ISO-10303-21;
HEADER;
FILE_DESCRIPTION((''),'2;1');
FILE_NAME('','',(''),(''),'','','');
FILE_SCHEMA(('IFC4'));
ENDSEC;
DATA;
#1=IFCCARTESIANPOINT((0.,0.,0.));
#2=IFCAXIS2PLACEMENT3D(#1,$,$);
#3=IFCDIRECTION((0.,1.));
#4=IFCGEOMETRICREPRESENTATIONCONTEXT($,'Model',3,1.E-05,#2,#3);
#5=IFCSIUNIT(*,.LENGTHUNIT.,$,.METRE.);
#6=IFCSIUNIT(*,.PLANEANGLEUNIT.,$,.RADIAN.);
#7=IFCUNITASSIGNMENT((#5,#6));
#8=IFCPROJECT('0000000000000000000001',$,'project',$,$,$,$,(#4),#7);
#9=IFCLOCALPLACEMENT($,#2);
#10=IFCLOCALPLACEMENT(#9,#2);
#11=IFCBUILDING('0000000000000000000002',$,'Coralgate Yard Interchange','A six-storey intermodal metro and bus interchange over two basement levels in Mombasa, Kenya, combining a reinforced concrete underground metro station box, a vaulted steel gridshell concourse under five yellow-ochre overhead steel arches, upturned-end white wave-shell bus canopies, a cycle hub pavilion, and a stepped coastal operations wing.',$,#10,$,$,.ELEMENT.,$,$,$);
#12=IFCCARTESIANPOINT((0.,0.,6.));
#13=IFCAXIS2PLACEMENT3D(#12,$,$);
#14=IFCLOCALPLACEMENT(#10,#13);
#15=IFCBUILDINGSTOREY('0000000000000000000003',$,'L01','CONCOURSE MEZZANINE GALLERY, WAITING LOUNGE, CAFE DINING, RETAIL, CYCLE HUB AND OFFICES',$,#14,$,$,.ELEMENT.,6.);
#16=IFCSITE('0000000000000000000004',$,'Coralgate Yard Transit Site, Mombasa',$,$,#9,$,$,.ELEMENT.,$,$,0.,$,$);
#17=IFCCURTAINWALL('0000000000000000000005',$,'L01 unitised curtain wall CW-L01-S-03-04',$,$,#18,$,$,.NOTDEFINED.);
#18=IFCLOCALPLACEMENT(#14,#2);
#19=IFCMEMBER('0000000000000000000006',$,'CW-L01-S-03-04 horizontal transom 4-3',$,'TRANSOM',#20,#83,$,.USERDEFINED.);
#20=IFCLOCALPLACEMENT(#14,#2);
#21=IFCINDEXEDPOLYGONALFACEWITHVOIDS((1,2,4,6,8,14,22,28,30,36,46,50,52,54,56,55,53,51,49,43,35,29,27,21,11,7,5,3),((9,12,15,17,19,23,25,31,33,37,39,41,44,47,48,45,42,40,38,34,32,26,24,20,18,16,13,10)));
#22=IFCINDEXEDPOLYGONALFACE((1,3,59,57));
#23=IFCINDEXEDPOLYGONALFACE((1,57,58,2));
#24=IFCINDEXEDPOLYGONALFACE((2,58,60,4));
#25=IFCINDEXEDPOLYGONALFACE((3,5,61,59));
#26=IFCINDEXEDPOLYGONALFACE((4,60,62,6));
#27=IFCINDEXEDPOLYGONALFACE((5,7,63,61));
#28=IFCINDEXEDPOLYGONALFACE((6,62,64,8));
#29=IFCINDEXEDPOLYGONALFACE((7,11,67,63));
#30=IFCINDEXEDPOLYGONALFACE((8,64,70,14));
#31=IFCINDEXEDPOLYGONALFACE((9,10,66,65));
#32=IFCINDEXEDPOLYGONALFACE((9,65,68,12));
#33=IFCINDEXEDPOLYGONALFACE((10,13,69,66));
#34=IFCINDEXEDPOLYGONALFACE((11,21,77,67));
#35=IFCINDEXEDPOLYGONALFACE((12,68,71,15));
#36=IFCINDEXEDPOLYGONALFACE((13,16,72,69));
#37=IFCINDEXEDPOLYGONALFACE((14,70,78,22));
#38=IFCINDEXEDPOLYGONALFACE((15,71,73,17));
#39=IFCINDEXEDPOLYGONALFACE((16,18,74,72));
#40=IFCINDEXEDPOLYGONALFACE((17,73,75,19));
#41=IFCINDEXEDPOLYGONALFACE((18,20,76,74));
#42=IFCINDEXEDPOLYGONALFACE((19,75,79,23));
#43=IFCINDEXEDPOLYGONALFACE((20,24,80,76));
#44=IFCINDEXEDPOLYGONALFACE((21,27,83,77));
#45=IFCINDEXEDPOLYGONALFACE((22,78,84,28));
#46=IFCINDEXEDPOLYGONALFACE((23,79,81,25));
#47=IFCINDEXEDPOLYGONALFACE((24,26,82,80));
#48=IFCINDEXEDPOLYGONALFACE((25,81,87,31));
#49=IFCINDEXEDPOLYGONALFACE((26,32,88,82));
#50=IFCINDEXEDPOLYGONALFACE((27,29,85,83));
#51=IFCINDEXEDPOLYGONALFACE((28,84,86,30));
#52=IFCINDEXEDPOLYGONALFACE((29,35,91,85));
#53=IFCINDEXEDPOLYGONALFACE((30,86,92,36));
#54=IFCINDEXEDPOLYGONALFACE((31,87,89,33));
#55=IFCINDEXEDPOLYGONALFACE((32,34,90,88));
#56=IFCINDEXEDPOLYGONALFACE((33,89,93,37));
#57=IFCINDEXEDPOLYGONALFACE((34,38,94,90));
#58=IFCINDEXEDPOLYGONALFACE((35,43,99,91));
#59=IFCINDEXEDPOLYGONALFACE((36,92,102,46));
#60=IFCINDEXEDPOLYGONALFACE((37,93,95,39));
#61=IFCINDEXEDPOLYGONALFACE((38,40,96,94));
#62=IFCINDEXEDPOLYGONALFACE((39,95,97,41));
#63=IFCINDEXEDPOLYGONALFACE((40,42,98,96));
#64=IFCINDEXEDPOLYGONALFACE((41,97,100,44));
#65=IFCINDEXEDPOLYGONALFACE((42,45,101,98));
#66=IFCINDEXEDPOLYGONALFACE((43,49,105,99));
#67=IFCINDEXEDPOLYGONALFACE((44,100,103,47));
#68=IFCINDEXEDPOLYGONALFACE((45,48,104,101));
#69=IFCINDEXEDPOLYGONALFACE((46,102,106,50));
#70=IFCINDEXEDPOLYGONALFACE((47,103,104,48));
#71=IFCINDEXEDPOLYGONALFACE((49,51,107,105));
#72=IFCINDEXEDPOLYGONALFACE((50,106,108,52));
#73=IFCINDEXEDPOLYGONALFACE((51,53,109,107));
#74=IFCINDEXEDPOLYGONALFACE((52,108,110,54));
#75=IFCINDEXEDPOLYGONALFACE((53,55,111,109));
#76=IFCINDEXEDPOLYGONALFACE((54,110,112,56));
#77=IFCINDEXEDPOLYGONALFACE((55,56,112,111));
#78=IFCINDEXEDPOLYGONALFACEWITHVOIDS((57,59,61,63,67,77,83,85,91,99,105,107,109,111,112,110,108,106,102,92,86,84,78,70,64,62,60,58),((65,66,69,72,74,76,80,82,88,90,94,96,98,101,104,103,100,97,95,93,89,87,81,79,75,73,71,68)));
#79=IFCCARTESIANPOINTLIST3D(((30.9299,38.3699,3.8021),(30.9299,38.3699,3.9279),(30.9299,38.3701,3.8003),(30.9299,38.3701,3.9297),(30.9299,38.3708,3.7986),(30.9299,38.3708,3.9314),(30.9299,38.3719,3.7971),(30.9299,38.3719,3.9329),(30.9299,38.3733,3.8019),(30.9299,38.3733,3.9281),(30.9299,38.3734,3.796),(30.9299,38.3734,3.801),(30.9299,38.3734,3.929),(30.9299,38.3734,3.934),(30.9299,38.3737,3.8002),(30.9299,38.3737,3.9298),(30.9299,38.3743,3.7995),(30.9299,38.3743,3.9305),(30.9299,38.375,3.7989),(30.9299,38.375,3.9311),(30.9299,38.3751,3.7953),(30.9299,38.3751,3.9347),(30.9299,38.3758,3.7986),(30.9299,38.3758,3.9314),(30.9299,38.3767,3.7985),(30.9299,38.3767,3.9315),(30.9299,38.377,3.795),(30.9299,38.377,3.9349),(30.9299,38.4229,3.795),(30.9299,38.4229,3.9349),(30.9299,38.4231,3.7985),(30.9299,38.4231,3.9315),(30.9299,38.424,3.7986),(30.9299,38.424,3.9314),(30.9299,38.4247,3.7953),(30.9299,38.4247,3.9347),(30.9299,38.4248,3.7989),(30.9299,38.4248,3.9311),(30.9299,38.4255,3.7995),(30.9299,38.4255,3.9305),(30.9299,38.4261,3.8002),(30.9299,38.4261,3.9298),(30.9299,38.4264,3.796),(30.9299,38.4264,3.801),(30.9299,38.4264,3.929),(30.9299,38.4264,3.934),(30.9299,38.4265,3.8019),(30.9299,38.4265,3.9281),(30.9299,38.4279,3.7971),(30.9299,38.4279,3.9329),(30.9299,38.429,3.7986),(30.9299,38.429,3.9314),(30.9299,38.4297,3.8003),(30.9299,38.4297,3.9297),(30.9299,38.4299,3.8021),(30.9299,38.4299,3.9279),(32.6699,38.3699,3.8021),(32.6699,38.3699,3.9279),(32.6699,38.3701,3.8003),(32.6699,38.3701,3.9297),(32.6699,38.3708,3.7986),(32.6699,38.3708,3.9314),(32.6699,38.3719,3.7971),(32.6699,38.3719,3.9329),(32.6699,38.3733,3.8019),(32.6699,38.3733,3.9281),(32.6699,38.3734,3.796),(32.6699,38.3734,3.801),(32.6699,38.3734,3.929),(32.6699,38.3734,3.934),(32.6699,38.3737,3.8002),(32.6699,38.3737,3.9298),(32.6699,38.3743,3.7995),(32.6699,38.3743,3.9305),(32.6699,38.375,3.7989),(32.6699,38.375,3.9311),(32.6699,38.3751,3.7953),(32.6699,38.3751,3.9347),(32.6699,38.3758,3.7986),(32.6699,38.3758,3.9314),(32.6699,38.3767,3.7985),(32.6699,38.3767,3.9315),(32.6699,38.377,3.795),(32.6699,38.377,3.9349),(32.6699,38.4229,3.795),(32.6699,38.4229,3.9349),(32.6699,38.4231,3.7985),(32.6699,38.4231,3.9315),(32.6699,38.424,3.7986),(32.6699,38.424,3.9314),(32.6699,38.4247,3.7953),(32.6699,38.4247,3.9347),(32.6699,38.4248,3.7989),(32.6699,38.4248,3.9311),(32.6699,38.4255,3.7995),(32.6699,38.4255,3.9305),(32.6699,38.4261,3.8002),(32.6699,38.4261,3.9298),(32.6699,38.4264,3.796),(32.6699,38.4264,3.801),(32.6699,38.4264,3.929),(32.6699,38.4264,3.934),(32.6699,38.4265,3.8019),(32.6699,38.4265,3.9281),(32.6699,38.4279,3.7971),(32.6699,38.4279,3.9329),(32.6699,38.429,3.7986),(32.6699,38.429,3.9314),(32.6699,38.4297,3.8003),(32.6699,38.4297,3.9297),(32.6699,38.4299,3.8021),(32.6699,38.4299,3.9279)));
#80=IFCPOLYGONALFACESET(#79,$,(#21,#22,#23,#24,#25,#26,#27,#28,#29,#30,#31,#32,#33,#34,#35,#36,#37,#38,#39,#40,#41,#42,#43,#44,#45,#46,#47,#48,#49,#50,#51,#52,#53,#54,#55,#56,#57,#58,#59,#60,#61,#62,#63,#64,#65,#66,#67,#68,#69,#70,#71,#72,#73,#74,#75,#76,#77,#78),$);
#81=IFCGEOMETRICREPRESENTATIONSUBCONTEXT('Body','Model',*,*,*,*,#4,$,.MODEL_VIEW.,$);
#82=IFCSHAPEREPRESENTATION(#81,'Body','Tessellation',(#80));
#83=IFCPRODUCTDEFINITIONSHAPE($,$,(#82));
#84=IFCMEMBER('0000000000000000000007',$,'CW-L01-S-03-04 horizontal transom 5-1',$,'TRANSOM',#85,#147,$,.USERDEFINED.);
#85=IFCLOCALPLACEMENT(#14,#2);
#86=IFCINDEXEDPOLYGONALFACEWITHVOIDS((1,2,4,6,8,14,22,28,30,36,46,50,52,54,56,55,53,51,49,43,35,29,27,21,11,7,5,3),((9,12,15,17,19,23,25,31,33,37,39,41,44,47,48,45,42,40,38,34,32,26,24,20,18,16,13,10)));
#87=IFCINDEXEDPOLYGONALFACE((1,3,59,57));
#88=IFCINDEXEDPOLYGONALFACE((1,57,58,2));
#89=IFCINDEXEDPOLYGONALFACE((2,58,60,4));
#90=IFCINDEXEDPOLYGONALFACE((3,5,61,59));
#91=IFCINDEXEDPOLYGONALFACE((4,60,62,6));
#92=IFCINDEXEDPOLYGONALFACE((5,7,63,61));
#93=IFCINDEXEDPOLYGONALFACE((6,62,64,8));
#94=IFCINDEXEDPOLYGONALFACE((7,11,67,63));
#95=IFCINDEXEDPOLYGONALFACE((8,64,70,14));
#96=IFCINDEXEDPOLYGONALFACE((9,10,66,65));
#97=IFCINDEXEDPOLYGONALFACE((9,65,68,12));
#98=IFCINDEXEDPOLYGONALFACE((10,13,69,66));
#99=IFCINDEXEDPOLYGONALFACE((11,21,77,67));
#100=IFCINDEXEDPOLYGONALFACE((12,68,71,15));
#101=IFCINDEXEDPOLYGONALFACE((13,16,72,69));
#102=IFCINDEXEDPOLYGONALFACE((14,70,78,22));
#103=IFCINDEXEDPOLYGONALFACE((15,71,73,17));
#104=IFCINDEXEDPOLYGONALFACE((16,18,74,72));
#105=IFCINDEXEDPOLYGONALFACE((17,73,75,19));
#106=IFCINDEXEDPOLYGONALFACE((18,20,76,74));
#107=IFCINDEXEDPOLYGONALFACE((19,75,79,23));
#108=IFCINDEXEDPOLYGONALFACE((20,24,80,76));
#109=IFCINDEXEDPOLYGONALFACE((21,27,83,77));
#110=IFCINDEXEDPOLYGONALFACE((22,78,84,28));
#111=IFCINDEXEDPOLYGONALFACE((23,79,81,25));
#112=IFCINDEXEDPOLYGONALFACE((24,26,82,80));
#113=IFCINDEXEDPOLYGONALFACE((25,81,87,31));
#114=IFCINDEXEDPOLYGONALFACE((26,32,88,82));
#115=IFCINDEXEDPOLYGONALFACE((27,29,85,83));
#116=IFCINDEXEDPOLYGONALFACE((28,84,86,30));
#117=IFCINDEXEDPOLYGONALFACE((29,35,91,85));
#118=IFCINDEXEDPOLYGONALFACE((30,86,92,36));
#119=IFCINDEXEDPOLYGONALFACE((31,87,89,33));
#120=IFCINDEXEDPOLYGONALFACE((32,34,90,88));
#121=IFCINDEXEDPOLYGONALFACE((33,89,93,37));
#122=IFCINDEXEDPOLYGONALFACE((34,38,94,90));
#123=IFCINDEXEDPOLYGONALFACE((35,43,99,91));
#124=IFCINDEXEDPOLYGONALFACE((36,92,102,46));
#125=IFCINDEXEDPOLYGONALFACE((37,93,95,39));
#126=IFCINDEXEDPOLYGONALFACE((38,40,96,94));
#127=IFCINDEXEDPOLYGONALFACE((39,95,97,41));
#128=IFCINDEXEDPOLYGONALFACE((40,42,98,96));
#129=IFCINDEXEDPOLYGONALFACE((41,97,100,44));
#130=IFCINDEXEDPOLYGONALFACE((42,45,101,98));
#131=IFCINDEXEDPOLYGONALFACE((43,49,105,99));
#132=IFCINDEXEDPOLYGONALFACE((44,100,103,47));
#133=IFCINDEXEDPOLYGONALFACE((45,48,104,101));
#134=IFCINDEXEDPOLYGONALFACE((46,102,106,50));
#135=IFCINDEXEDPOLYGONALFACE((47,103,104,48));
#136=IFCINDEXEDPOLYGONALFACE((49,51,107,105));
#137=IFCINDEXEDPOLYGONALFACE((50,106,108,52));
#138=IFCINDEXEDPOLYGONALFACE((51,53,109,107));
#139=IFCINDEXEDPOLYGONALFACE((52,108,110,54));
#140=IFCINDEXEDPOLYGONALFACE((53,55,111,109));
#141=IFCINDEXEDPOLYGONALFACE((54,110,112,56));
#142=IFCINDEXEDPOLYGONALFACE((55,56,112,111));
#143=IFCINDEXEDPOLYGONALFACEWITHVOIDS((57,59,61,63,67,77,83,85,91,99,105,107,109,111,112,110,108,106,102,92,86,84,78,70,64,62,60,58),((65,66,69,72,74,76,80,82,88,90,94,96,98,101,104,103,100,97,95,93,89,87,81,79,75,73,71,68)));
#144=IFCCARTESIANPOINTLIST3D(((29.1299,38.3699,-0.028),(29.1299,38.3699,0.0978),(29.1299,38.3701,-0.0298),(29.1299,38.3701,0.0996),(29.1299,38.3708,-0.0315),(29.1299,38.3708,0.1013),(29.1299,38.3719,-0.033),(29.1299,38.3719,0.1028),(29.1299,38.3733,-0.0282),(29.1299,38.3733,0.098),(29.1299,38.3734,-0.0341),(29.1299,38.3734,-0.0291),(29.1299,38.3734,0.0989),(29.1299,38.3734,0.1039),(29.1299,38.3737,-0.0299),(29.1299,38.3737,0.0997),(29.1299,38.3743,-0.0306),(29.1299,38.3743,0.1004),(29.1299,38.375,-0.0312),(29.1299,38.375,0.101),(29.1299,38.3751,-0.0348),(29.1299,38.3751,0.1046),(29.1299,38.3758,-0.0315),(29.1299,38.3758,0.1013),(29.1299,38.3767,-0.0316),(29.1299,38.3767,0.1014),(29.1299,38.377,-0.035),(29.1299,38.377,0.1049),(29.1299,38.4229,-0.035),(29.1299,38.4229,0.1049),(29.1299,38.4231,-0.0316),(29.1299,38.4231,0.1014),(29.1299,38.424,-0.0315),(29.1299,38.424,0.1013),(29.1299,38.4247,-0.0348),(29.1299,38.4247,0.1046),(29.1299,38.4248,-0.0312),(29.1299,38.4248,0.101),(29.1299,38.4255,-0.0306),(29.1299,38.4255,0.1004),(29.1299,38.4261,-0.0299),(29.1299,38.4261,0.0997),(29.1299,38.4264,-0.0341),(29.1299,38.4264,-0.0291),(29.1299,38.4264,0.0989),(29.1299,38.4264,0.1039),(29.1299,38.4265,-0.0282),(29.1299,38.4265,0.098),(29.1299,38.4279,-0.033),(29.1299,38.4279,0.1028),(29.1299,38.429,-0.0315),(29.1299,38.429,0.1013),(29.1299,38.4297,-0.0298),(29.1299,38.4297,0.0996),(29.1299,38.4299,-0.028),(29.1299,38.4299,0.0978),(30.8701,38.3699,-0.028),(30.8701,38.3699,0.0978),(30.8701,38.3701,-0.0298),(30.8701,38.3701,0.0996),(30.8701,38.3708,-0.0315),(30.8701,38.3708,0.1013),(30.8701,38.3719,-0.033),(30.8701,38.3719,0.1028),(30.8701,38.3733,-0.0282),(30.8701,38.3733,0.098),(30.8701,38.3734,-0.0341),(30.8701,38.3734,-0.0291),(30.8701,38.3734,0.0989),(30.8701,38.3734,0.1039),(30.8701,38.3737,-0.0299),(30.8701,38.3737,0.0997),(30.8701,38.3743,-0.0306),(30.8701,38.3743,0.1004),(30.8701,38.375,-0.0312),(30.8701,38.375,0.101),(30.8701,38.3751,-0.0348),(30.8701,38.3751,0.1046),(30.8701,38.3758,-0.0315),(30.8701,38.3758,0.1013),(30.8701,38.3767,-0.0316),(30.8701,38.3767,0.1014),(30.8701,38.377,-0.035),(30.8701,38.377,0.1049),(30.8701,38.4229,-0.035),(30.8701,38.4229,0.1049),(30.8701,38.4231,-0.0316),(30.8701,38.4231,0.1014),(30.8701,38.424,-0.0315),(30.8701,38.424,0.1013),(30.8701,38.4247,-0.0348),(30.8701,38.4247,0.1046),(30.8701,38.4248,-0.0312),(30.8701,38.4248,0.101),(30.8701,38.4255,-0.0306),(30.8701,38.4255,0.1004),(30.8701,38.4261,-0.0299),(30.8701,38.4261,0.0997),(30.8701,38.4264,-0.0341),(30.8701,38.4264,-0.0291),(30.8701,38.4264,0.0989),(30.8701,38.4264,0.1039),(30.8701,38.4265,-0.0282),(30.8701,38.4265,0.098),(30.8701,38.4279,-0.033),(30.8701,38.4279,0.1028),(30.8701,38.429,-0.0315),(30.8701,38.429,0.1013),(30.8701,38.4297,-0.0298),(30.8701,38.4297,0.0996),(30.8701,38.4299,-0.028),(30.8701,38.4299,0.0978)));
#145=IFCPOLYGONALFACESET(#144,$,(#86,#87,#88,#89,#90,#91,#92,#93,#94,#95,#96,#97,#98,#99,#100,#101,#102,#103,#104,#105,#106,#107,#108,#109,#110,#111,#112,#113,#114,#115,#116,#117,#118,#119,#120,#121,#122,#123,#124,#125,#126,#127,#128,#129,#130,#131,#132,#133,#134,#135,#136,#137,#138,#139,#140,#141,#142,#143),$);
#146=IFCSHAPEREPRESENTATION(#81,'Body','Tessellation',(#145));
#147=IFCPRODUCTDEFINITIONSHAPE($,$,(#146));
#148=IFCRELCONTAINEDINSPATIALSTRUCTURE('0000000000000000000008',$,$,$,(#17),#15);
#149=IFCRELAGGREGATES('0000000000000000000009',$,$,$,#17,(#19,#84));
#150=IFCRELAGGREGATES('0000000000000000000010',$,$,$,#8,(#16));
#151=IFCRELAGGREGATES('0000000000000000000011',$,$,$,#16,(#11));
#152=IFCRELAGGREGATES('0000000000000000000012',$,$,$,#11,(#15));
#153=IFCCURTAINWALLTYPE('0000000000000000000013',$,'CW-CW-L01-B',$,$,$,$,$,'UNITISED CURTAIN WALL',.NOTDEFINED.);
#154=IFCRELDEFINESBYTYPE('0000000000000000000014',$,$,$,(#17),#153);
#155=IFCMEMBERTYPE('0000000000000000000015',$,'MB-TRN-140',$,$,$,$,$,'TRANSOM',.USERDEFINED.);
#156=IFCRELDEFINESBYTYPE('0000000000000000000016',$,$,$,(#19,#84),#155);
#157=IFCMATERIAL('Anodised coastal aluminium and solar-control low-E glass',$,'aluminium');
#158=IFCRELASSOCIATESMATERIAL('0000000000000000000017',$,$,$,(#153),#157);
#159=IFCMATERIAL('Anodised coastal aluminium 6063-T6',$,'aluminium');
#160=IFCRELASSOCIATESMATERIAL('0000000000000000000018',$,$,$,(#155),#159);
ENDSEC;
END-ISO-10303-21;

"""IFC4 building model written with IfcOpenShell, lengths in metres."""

from ifc_helpers import new_model, si_unit, direction, frame, origin, origin_2d, place, context, subcontext, project, spatial, hollow_rectangle, extrude, material, material_profile, profile_set, type_object, element, aggregate, save


model = new_model("IFC4")

# Units and contexts
model_context = context("Model", 3, precision=1e-05, world=origin(), true_north=direction((0.0, 1.0)))
body_context = subcontext(model_context, "Body", "Model", "MODEL_VIEW")
ifc_project = project(units=[si_unit("LENGTHUNIT", "METRE"), si_unit("PLANEANGLEUNIT", "RADIAN")], contexts=[model_context])

# Site, building, storey
site_placement = place(None, origin())
site = spatial("IfcSite", under=ifc_project, at=site_placement, Name="Coralgate Yard Transit Site, Mombasa", CompositionType="ELEMENT", RefElevation=0.0)
building_placement = place(site_placement, origin())
building = spatial("IfcBuilding", under=site, at=building_placement, Name="Coralgate Yard Interchange", Description="A six-storey intermodal metro and bus interchange over two basement levels in Mombasa, Kenya, combining a reinforced concrete underground metro station box, a vaulted steel gridshell concourse under five yellow-ochre overhead steel arches, upturned-end white wave-shell bus canopies, a cycle hub pavilion, and a stepped coastal operations wing.", CompositionType="ELEMENT")
storey_placement = place(building_placement, frame((0.0, 0.0, 6.0)))
storey = spatial("IfcBuildingStorey", under=building, at=storey_placement, Name="L01", Description="CONCOURSE MEZZANINE GALLERY, WAITING LOUNGE, CAFE DINING, RETAIL, CYCLE HUB AND OFFICES", CompositionType="ELEMENT", Elevation=6.0)

# Curtain wall, members
ifc_material_1 = material(Name="Anodised coastal aluminium and solar-control low-E glass", Category="aluminium")
curtain_wall_type = type_object("IfcCurtainWallType", Name="CW-CW-L01-B", ElementType="UNITISED CURTAIN WALL", PredefinedType="NOTDEFINED", material=ifc_material_1)
curtain_wall_placement = place(storey_placement, origin())
curtain_wall = element("IfcCurtainWall", 1, at=curtain_wall_placement, inside=storey, type_object=curtain_wall_type, Name="L01 unitised curtain wall CW-L01-S-03-04", PredefinedType="NOTDEFINED")
ifc_material_2 = material(Name="Anodised coastal aluminium 6063-T6", Category="aluminium")
ifc_material_profile_1 = material_profile(ifc_material_2, hollow_rectangle(XDim=0.0601, YDim=0.1399, WallThickness=0.0034, InnerFilletRadius=0.0034, OuterFilletRadius=0.0071, at=origin_2d()), Name="ALU 60x140x3.5")
ifc_profile_set_1 = profile_set([ifc_material_profile_1], Name="Anodised coastal aluminium 6063-T6")
member_type_1 = type_object("IfcMemberType", Name="MB-TRN-140", ElementType="TRANSOM", PredefinedType="USERDEFINED", material=ifc_profile_set_1)
member_1_placement = place(storey_placement, frame((32.6699, 38.3999, 3.865), z_axis=(-1.0, 0.0, 0.0), x_axis=(0.0, -1.0, 0.0)))
member_1 = element("IfcMember", 2, at=member_1_placement, type_object=member_type_1, Name="CW-L01-S-03-04 horizontal transom 4-3", ObjectType="TRANSOM", PredefinedType="USERDEFINED", context=body_context, shape_type="SweptSolid", body=[
    extrude(hollow_rectangle(XDim=0.0601, YDim=0.1399, WallThickness=0.0034, InnerFilletRadius=0.0034, OuterFilletRadius=0.0071, at=origin_2d()), origin(), (0.0, 0.0, 1.0), 1.74),
])
member_2_placement = place(storey_placement, frame((30.8701, 38.3999, 0.0349), z_axis=(-1.0, 0.0, 0.0), x_axis=(0.0, -1.0, 0.0)))
member_2 = element("IfcMember", 3, at=member_2_placement, type_object=member_type_1, Name="CW-L01-S-03-04 horizontal transom 5-1", ObjectType="TRANSOM", PredefinedType="USERDEFINED", context=body_context, shape_type="SweptSolid", body=[
    extrude(hollow_rectangle(XDim=0.0601, YDim=0.1399, WallThickness=0.0034, InnerFilletRadius=0.0034, OuterFilletRadius=0.0071, at=origin_2d()), origin(), (0.0, 0.0, 1.0), 1.7402),
])
aggregate(curtain_wall, [member_1, member_2])

save(model, "model.ifc")
